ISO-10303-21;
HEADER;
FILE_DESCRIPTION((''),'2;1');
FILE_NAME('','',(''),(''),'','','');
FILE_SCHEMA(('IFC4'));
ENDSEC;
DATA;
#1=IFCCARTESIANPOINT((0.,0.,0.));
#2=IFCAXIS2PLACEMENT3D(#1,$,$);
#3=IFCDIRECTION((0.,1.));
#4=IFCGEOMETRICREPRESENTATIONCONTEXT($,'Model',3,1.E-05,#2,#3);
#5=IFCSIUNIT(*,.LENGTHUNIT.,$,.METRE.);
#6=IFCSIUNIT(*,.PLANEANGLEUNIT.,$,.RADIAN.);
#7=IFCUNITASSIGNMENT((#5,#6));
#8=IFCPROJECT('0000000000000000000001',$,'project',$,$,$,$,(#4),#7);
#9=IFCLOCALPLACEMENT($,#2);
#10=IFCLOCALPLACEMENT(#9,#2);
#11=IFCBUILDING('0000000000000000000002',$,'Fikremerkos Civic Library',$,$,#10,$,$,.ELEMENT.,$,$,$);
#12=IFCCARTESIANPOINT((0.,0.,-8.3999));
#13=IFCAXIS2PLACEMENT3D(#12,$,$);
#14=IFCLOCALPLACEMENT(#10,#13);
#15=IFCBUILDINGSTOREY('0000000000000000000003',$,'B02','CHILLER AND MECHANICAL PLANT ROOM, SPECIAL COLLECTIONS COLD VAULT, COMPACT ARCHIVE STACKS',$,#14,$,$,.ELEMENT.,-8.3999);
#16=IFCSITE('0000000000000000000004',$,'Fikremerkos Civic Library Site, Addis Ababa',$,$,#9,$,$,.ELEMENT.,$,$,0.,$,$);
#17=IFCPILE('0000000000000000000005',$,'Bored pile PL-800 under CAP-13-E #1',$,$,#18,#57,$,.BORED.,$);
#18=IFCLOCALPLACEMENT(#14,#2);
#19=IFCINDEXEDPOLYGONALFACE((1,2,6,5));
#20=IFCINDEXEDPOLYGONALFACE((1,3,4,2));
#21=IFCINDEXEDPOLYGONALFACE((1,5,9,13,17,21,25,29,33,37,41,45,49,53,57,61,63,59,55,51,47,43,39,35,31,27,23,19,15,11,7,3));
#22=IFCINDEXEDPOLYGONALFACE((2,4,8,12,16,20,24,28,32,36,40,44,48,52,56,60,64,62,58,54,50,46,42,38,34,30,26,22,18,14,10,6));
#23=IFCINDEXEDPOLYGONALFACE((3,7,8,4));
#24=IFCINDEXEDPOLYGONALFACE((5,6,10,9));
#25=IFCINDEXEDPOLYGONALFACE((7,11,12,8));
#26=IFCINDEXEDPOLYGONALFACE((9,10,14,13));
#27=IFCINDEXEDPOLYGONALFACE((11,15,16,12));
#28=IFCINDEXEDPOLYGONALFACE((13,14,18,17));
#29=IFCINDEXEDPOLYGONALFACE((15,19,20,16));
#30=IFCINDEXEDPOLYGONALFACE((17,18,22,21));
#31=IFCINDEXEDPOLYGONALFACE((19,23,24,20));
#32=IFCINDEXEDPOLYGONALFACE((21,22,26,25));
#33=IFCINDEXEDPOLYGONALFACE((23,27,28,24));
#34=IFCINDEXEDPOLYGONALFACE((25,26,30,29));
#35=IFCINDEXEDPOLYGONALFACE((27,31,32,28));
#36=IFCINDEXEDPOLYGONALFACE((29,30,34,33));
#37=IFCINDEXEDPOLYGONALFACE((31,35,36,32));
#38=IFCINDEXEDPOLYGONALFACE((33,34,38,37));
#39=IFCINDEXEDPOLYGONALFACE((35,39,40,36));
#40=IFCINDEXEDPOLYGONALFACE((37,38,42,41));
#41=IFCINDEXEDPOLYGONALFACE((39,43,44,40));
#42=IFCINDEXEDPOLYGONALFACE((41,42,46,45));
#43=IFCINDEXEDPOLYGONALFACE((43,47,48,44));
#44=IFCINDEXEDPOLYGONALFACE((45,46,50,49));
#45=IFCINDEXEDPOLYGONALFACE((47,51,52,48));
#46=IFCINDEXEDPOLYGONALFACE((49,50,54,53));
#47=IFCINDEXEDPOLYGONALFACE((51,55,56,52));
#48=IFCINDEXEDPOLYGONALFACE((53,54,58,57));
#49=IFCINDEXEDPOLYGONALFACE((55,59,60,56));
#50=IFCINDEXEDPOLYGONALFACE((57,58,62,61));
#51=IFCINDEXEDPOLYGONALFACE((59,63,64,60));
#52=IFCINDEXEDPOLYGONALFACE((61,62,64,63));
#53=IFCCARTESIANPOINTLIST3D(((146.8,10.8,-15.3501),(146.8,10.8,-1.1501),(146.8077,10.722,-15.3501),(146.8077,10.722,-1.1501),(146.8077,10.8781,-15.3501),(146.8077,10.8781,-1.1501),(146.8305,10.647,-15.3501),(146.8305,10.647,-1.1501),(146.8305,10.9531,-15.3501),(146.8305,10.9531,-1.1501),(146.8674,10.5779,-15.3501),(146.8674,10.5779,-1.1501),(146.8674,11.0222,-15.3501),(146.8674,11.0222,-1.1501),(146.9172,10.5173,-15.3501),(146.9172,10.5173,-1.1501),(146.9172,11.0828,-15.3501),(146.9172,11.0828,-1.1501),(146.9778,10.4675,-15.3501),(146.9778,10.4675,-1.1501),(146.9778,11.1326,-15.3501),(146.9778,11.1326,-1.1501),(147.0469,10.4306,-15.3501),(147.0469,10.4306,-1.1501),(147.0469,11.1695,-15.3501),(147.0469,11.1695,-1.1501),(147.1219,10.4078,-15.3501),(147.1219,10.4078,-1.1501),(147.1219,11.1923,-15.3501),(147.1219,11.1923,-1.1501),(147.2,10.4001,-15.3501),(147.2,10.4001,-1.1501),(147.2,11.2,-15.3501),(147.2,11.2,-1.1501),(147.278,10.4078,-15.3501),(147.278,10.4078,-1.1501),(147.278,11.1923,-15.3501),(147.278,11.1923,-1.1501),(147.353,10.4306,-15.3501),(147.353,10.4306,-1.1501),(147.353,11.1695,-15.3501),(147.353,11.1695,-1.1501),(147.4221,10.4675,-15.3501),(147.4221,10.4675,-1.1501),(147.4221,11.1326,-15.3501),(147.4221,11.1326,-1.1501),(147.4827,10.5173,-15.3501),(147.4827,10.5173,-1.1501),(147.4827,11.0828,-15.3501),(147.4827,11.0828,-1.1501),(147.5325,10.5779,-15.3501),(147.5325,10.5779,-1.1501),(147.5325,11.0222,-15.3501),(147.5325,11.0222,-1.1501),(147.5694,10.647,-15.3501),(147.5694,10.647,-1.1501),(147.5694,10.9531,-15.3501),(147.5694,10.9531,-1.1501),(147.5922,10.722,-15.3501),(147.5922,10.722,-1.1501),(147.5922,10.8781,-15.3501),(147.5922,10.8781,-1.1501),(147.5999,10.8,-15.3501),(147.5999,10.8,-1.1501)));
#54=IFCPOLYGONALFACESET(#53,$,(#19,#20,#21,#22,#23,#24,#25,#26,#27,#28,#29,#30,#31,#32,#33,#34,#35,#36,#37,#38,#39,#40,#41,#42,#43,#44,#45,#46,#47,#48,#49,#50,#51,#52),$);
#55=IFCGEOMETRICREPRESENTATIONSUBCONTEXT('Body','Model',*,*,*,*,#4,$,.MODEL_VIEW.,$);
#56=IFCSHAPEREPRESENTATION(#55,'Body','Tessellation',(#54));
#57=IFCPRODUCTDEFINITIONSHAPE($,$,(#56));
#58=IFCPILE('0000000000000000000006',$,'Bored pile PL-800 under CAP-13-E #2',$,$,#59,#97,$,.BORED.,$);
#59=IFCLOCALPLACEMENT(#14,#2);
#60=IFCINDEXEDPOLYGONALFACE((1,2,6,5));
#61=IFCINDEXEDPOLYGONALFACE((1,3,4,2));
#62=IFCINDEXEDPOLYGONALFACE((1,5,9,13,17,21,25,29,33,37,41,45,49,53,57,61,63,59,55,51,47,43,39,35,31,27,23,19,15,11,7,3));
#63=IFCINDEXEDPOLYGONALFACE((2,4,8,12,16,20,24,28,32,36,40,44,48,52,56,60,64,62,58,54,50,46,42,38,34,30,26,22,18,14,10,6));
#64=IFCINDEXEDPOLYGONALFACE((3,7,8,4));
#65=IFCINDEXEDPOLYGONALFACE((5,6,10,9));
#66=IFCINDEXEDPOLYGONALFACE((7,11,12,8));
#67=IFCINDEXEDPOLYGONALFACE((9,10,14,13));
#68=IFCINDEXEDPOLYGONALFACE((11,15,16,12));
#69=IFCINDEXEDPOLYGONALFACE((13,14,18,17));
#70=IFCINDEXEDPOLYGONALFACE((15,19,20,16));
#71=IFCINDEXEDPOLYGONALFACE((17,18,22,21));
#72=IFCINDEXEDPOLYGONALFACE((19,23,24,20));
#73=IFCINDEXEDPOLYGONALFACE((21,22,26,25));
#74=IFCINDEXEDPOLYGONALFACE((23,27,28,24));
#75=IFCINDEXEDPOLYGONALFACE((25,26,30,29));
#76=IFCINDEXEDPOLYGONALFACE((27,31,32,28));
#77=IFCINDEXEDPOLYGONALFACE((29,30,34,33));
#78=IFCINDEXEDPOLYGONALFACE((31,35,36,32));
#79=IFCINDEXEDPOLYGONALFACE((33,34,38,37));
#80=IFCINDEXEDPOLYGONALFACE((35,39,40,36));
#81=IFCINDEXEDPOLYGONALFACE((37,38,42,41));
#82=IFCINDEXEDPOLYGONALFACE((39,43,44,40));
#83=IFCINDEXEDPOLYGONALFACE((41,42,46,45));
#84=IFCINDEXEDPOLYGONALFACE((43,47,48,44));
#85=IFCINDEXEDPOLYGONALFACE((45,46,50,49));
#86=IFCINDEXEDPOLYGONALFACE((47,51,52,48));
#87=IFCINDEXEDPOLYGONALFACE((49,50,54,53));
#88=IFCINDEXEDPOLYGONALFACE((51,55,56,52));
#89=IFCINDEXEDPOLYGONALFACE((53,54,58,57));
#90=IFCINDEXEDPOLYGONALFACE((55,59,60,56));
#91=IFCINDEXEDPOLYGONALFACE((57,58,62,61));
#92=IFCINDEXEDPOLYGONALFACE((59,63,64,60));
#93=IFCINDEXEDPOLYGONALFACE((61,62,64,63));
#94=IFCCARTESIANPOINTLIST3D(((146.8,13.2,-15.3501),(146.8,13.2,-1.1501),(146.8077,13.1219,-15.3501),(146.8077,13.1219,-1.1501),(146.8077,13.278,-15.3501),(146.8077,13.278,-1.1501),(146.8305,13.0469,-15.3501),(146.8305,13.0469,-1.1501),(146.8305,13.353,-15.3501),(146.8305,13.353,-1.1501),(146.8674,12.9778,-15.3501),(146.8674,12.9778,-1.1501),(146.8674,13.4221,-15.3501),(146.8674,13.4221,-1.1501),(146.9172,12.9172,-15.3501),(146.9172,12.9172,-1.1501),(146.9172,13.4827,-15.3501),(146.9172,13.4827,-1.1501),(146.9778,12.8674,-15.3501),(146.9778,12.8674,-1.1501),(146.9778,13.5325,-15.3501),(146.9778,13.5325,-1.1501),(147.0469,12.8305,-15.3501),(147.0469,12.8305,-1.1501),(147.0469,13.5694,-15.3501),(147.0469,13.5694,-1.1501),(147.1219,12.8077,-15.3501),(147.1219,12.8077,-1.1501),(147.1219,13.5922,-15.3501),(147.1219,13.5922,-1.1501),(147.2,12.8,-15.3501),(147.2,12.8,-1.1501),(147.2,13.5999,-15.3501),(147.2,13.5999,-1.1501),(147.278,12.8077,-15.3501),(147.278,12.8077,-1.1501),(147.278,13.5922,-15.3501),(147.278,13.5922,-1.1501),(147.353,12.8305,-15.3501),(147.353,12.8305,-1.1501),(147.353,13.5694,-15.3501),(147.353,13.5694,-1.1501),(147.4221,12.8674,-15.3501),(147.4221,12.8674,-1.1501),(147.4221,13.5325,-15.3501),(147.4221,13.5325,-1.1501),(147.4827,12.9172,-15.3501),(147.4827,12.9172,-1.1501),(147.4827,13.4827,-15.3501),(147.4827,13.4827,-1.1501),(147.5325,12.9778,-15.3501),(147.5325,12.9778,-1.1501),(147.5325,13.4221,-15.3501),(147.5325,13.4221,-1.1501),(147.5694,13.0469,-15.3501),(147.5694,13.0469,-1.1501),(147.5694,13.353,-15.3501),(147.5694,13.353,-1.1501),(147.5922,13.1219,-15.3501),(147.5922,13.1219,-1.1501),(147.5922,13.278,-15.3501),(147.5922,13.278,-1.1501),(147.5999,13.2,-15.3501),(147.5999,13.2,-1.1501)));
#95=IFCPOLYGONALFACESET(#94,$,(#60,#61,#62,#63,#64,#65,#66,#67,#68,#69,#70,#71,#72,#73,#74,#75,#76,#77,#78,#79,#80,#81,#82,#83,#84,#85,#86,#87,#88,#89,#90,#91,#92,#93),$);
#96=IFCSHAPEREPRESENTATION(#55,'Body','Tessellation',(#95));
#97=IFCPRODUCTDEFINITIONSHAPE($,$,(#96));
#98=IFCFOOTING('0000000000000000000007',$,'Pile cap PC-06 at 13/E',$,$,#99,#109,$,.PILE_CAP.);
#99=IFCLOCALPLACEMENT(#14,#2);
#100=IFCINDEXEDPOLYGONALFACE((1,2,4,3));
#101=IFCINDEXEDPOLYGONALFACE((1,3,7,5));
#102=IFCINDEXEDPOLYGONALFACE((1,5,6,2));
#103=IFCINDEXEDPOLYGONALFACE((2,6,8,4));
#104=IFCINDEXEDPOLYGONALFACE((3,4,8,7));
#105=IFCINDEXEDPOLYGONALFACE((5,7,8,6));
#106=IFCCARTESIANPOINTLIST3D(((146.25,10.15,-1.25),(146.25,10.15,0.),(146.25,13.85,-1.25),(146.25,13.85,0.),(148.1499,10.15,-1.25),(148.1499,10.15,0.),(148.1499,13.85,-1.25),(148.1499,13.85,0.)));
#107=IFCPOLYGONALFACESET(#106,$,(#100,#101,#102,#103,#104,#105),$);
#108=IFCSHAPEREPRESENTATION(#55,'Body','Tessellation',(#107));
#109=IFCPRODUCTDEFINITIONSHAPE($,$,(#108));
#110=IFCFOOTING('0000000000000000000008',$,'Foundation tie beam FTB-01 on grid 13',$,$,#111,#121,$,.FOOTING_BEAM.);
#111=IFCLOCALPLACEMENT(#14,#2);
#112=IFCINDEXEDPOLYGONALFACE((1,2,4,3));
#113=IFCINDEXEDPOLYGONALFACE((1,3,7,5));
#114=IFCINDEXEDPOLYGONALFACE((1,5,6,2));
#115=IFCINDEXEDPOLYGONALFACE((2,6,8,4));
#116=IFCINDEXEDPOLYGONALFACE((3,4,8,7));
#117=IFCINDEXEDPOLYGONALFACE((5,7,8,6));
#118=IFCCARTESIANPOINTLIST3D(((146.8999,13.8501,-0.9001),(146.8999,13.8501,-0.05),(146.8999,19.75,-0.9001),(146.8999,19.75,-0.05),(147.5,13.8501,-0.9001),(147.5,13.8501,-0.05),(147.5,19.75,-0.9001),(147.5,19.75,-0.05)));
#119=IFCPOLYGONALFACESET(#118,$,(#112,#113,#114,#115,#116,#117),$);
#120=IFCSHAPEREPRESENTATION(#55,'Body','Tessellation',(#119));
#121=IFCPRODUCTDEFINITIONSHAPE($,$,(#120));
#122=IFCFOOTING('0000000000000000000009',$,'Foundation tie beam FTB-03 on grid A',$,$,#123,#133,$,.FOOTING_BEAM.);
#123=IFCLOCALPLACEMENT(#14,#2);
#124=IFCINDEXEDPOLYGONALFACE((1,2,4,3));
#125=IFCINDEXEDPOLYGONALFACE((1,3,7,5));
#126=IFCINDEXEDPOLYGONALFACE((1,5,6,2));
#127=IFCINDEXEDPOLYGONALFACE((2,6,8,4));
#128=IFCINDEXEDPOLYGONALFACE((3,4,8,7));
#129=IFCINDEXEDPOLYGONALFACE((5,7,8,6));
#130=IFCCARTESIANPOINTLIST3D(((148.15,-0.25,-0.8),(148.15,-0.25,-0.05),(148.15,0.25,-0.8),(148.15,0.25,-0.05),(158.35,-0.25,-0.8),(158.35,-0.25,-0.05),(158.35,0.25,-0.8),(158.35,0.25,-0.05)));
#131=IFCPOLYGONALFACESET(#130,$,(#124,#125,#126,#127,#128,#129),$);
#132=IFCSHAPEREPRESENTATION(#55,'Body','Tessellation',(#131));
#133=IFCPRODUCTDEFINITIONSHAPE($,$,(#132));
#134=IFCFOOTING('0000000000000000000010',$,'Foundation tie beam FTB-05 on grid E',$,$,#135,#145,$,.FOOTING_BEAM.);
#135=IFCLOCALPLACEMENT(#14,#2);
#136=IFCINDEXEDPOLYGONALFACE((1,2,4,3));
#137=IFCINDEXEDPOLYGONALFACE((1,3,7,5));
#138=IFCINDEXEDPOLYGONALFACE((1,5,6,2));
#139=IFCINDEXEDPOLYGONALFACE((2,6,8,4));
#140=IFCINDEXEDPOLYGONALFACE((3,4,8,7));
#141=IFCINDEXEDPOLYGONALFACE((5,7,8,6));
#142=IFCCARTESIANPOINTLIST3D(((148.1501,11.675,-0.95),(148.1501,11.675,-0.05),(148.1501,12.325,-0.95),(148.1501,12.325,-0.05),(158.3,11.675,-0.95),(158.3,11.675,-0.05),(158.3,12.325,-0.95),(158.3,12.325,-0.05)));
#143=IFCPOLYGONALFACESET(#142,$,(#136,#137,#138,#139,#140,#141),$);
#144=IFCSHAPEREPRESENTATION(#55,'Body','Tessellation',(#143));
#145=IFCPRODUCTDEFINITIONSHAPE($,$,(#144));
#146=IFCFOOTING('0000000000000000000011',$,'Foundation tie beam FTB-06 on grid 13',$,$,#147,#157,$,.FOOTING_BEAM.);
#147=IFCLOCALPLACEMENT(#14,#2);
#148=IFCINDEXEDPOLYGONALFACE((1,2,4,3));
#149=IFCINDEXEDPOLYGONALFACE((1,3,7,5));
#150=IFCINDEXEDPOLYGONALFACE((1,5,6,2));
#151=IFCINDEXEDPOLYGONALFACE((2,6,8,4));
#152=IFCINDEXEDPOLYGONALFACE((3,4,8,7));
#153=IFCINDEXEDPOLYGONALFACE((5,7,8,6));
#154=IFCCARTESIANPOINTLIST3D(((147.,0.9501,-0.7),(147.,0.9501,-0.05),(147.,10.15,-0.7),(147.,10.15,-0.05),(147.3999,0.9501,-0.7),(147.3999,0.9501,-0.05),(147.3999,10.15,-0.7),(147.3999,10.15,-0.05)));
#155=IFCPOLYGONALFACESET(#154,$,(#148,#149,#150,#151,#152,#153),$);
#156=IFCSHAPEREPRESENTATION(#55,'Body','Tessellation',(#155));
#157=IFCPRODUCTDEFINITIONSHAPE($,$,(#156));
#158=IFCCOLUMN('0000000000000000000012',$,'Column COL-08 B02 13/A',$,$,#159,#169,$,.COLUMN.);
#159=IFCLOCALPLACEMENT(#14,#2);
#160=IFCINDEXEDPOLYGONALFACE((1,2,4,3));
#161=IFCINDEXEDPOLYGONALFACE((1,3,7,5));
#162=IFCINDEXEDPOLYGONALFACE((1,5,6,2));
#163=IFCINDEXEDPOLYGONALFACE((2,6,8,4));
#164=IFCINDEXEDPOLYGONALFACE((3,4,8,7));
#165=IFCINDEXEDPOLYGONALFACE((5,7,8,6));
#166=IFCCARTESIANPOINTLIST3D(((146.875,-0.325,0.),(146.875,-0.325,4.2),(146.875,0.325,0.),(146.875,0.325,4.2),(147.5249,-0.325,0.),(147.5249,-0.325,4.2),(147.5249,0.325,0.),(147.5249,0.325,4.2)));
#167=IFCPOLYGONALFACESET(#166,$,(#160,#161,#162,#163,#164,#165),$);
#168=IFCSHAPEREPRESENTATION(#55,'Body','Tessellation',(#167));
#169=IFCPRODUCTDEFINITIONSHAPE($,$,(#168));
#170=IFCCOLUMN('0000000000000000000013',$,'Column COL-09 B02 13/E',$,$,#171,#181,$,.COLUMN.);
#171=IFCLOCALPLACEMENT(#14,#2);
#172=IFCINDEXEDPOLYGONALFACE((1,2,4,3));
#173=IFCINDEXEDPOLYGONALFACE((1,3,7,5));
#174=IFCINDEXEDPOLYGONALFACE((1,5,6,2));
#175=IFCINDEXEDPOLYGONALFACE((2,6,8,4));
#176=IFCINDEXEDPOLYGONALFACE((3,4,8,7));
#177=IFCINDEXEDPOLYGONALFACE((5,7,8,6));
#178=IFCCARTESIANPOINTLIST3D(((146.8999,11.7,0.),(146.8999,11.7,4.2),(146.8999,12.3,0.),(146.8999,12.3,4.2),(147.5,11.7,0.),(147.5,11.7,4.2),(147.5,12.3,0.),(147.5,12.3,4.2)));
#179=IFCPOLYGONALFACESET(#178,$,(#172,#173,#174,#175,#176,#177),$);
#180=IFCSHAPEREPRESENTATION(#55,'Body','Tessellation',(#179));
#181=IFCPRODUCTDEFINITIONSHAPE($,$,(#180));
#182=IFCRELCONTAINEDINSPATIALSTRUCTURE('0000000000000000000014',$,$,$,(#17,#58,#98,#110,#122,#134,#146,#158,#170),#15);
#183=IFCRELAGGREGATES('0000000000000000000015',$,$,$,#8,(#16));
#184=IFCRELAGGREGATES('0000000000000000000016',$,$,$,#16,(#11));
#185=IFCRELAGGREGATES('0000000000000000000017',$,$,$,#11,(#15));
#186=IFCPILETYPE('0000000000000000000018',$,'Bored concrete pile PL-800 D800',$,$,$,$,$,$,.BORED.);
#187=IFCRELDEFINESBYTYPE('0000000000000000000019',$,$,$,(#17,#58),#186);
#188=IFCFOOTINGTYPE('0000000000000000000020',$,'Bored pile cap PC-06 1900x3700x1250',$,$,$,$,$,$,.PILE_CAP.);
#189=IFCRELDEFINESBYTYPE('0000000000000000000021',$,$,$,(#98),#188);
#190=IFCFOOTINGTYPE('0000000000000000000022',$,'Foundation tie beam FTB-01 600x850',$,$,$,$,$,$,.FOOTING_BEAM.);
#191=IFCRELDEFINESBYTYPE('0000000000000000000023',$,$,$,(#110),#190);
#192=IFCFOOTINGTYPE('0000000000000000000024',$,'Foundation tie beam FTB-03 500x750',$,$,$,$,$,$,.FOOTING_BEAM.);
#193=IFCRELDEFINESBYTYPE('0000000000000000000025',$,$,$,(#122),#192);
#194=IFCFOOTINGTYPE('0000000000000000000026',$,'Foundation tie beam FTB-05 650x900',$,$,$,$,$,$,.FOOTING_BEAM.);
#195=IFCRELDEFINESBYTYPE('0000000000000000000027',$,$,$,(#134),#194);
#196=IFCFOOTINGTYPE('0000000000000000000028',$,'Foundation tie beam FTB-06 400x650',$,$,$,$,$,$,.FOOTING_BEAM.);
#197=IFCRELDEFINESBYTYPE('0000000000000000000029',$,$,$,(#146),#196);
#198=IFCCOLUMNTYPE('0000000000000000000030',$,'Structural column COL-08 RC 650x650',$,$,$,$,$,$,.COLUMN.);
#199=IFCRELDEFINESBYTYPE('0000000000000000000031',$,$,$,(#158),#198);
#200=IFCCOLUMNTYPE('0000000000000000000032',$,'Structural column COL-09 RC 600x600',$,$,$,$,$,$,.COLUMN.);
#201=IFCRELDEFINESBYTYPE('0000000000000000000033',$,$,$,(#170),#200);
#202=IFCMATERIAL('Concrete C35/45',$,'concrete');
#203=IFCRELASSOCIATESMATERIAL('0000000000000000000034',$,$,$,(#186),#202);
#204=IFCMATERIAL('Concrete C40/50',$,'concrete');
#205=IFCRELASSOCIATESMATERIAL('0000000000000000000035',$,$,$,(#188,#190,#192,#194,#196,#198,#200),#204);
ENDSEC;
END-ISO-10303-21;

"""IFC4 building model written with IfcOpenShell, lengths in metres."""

from ifc_helpers import new_model, si_unit, direction, frame, origin, origin_2d, place, context, subcontext, project, spatial, rectangle, circle, extrude, material, material_profile, profile_set, type_object, element, save


model = new_model("IFC4")

# Units and contexts
model_context = context("Model", 3, precision=1e-05, world=origin(), true_north=direction((0.0, 1.0)))
body_context = subcontext(model_context, "Body", "Model", "MODEL_VIEW")
ifc_project = project(units=[si_unit("LENGTHUNIT", "METRE"), si_unit("PLANEANGLEUNIT", "RADIAN")], contexts=[model_context])

# Site, building, storey
site_placement = place(None, origin())
site = spatial("IfcSite", under=ifc_project, at=site_placement, Name="Fikremerkos Civic Library Site, Addis Ababa", CompositionType="ELEMENT", RefElevation=0.0)
building_placement = place(site_placement, origin())
building = spatial("IfcBuilding", under=site, at=building_placement, Name="Fikremerkos Civic Library", CompositionType="ELEMENT")
storey_placement = place(building_placement, frame((0.0, 0.0, -8.3999)))
storey = spatial("IfcBuildingStorey", under=building, at=storey_placement, Name="B02", Description="CHILLER AND MECHANICAL PLANT ROOM, SPECIAL COLLECTIONS COLD VAULT, COMPACT ARCHIVE STACKS", CompositionType="ELEMENT", Elevation=-8.3999)

# Piles
ifc_material_1 = material(Name="Concrete C35/45", Category="concrete")
ifc_material_profile_1 = material_profile(ifc_material_1, circle(Radius=0.3999, at=origin_2d()), Name="BORED PILE 800")
ifc_profile_set_1 = profile_set([ifc_material_profile_1], Name="Concrete C35/45")
pile_type = type_object("IfcPileType", Name="Bored concrete pile PL-800 D800", PredefinedType="BORED", material=ifc_profile_set_1)
for number, where, z_axis, x_axis, name in (
    (1, (147.2, 10.8, -1.1501), (0.0, 0.0, -1.0), (1.0, 0.0, 0.0), "Bored pile PL-800 under CAP-13-E #1"),
    (2, (147.2, 13.2, -1.1501), (0.0, 0.0, -1.0), (1.0, 0.0, 0.0), "Bored pile PL-800 under CAP-13-E #2"),
):
    element("IfcPile", number, at=place(storey_placement, frame(where, z_axis=z_axis, x_axis=x_axis)), inside=storey, type_object=pile_type, Name=name, PredefinedType="BORED", context=body_context, shape_type="SweptSolid", body=[
        extrude(circle(Radius=0.3999, at=origin_2d()), origin(), (0.0, 0.0, 1.0), 14.2),
    ])

# Footings
ifc_material_2 = material(Name="Concrete C40/50", Category="concrete")
footing_type_1 = type_object("IfcFootingType", Name="Bored pile cap PC-06 1900x3700x1250", PredefinedType="PILE_CAP", material=ifc_material_2)
footing_1_placement = place(storey_placement, frame((147.2, 12.0, -1.25), z_axis=(0.0, 0.0, 1.0), x_axis=(1.0, 0.0, 0.0)))
element("IfcFooting", 3, at=footing_1_placement, inside=storey, type_object=footing_type_1, Name="Pile cap PC-06 at 13/E", PredefinedType="PILE_CAP", context=body_context, shape_type="SweptSolid", body=[
    extrude(rectangle(XDim=1.8999, YDim=3.7, at=origin_2d()), origin(), (0.0, 0.0, 1.0), 1.25),
])
footing_type_2 = type_object("IfcFootingType", Name="Foundation tie beam FTB-01 600x850", PredefinedType="FOOTING_BEAM", material=ifc_material_2)
footing_2_placement = place(storey_placement, frame((147.2, 16.8, -0.9001), z_axis=(0.0, 0.0, 1.0), x_axis=(0.0, 1.0, 0.0)))
element("IfcFooting", 4, at=footing_2_placement, inside=storey, type_object=footing_type_2, Name="Foundation tie beam FTB-01 on grid 13", PredefinedType="FOOTING_BEAM", context=body_context, shape_type="SweptSolid", body=[
    extrude(rectangle(XDim=5.8999, YDim=0.6001, at=origin_2d()), origin(), (0.0, 0.0, 1.0), 0.8501),
])
footing_type_3 = type_object("IfcFootingType", Name="Foundation tie beam FTB-03 500x750", PredefinedType="FOOTING_BEAM", material=ifc_material_2)
footing_3_placement = place(storey_placement, frame((153.25, 0.0, -0.8), z_axis=(0.0, 0.0, 1.0), x_axis=(1.0, 0.0, 0.0)))
element("IfcFooting", 5, at=footing_3_placement, inside=storey, type_object=footing_type_3, Name="Foundation tie beam FTB-03 on grid A", PredefinedType="FOOTING_BEAM", context=body_context, shape_type="SweptSolid", body=[
    extrude(rectangle(XDim=10.2, YDim=0.5, at=origin_2d()), origin(), (0.0, 0.0, 1.0), 0.75),
])
footing_type_4 = type_object("IfcFootingType", Name="Foundation tie beam FTB-05 650x900", PredefinedType="FOOTING_BEAM", material=ifc_material_2)
footing_4_placement = place(storey_placement, frame((153.2251, 12.0, -0.95), z_axis=(0.0, 0.0, 1.0), x_axis=(1.0, 0.0, 0.0)))
element("IfcFooting", 6, at=footing_4_placement, inside=storey, type_object=footing_type_4, Name="Foundation tie beam FTB-05 on grid E", PredefinedType="FOOTING_BEAM", context=body_context, shape_type="SweptSolid", body=[
    extrude(rectangle(XDim=10.1499, YDim=0.6499, at=origin_2d()), origin(), (0.0, 0.0, 1.0), 0.8999),
])
footing_type_5 = type_object("IfcFootingType", Name="Foundation tie beam FTB-06 400x650", PredefinedType="FOOTING_BEAM", material=ifc_material_2)
footing_5_placement = place(storey_placement, frame((147.2, 5.55, -0.7), z_axis=(0.0, 0.0, 1.0), x_axis=(0.0, 1.0, 0.0)))
element("IfcFooting", 7, at=footing_5_placement, inside=storey, type_object=footing_type_5, Name="Foundation tie beam FTB-06 on grid 13", PredefinedType="FOOTING_BEAM", context=body_context, shape_type="SweptSolid", body=[
    extrude(rectangle(XDim=9.2, YDim=0.3999, at=origin_2d()), origin(), (0.0, 0.0, 1.0), 0.6499),
])

# Columns
ifc_material_profile_2 = material_profile(ifc_material_2, rectangle(XDim=0.6499, YDim=0.6499, at=origin_2d()), Name="RC 650x650")
ifc_profile_set_2 = profile_set([ifc_material_profile_2], Name="Concrete C40/50")
column_type_1 = type_object("IfcColumnType", Name="Structural column COL-08 RC 650x650", PredefinedType="COLUMN", material=ifc_profile_set_2)
column_1_placement = place(storey_placement, frame((147.2, 0.0, 0.0), z_axis=(0.0, 0.0, 1.0), x_axis=(1.0, 0.0, 0.0)))
element("IfcColumn", 8, at=column_1_placement, inside=storey, type_object=column_type_1, Name="Column COL-08 B02 13/A", PredefinedType="COLUMN", context=body_context, shape_type="SweptSolid", body=[
    extrude(rectangle(XDim=0.6499, YDim=0.6499, at=origin_2d()), origin(), (0.0, 0.0, 1.0), 4.2),
])
ifc_material_profile_3 = material_profile(ifc_material_2, rectangle(XDim=0.6001, YDim=0.6001, at=origin_2d()), Name="RC 600x600")
ifc_profile_set_3 = profile_set([ifc_material_profile_3], Name="Concrete C40/50")
column_type_2 = type_object("IfcColumnType", Name="Structural column COL-09 RC 600x600", PredefinedType="COLUMN", material=ifc_profile_set_3)
column_2_placement = place(storey_placement, frame((147.2, 12.0, 0.0), z_axis=(0.0, 0.0, 1.0), x_axis=(1.0, 0.0, 0.0)))
element("IfcColumn", 9, at=column_2_placement, inside=storey, type_object=column_type_2, Name="Column COL-09 B02 13/E", PredefinedType="COLUMN", context=body_context, shape_type="SweptSolid", body=[
    extrude(rectangle(XDim=0.6001, YDim=0.6001, at=origin_2d()), origin(), (0.0, 0.0, 1.0), 4.2),
])

save(model, "model.ifc")
